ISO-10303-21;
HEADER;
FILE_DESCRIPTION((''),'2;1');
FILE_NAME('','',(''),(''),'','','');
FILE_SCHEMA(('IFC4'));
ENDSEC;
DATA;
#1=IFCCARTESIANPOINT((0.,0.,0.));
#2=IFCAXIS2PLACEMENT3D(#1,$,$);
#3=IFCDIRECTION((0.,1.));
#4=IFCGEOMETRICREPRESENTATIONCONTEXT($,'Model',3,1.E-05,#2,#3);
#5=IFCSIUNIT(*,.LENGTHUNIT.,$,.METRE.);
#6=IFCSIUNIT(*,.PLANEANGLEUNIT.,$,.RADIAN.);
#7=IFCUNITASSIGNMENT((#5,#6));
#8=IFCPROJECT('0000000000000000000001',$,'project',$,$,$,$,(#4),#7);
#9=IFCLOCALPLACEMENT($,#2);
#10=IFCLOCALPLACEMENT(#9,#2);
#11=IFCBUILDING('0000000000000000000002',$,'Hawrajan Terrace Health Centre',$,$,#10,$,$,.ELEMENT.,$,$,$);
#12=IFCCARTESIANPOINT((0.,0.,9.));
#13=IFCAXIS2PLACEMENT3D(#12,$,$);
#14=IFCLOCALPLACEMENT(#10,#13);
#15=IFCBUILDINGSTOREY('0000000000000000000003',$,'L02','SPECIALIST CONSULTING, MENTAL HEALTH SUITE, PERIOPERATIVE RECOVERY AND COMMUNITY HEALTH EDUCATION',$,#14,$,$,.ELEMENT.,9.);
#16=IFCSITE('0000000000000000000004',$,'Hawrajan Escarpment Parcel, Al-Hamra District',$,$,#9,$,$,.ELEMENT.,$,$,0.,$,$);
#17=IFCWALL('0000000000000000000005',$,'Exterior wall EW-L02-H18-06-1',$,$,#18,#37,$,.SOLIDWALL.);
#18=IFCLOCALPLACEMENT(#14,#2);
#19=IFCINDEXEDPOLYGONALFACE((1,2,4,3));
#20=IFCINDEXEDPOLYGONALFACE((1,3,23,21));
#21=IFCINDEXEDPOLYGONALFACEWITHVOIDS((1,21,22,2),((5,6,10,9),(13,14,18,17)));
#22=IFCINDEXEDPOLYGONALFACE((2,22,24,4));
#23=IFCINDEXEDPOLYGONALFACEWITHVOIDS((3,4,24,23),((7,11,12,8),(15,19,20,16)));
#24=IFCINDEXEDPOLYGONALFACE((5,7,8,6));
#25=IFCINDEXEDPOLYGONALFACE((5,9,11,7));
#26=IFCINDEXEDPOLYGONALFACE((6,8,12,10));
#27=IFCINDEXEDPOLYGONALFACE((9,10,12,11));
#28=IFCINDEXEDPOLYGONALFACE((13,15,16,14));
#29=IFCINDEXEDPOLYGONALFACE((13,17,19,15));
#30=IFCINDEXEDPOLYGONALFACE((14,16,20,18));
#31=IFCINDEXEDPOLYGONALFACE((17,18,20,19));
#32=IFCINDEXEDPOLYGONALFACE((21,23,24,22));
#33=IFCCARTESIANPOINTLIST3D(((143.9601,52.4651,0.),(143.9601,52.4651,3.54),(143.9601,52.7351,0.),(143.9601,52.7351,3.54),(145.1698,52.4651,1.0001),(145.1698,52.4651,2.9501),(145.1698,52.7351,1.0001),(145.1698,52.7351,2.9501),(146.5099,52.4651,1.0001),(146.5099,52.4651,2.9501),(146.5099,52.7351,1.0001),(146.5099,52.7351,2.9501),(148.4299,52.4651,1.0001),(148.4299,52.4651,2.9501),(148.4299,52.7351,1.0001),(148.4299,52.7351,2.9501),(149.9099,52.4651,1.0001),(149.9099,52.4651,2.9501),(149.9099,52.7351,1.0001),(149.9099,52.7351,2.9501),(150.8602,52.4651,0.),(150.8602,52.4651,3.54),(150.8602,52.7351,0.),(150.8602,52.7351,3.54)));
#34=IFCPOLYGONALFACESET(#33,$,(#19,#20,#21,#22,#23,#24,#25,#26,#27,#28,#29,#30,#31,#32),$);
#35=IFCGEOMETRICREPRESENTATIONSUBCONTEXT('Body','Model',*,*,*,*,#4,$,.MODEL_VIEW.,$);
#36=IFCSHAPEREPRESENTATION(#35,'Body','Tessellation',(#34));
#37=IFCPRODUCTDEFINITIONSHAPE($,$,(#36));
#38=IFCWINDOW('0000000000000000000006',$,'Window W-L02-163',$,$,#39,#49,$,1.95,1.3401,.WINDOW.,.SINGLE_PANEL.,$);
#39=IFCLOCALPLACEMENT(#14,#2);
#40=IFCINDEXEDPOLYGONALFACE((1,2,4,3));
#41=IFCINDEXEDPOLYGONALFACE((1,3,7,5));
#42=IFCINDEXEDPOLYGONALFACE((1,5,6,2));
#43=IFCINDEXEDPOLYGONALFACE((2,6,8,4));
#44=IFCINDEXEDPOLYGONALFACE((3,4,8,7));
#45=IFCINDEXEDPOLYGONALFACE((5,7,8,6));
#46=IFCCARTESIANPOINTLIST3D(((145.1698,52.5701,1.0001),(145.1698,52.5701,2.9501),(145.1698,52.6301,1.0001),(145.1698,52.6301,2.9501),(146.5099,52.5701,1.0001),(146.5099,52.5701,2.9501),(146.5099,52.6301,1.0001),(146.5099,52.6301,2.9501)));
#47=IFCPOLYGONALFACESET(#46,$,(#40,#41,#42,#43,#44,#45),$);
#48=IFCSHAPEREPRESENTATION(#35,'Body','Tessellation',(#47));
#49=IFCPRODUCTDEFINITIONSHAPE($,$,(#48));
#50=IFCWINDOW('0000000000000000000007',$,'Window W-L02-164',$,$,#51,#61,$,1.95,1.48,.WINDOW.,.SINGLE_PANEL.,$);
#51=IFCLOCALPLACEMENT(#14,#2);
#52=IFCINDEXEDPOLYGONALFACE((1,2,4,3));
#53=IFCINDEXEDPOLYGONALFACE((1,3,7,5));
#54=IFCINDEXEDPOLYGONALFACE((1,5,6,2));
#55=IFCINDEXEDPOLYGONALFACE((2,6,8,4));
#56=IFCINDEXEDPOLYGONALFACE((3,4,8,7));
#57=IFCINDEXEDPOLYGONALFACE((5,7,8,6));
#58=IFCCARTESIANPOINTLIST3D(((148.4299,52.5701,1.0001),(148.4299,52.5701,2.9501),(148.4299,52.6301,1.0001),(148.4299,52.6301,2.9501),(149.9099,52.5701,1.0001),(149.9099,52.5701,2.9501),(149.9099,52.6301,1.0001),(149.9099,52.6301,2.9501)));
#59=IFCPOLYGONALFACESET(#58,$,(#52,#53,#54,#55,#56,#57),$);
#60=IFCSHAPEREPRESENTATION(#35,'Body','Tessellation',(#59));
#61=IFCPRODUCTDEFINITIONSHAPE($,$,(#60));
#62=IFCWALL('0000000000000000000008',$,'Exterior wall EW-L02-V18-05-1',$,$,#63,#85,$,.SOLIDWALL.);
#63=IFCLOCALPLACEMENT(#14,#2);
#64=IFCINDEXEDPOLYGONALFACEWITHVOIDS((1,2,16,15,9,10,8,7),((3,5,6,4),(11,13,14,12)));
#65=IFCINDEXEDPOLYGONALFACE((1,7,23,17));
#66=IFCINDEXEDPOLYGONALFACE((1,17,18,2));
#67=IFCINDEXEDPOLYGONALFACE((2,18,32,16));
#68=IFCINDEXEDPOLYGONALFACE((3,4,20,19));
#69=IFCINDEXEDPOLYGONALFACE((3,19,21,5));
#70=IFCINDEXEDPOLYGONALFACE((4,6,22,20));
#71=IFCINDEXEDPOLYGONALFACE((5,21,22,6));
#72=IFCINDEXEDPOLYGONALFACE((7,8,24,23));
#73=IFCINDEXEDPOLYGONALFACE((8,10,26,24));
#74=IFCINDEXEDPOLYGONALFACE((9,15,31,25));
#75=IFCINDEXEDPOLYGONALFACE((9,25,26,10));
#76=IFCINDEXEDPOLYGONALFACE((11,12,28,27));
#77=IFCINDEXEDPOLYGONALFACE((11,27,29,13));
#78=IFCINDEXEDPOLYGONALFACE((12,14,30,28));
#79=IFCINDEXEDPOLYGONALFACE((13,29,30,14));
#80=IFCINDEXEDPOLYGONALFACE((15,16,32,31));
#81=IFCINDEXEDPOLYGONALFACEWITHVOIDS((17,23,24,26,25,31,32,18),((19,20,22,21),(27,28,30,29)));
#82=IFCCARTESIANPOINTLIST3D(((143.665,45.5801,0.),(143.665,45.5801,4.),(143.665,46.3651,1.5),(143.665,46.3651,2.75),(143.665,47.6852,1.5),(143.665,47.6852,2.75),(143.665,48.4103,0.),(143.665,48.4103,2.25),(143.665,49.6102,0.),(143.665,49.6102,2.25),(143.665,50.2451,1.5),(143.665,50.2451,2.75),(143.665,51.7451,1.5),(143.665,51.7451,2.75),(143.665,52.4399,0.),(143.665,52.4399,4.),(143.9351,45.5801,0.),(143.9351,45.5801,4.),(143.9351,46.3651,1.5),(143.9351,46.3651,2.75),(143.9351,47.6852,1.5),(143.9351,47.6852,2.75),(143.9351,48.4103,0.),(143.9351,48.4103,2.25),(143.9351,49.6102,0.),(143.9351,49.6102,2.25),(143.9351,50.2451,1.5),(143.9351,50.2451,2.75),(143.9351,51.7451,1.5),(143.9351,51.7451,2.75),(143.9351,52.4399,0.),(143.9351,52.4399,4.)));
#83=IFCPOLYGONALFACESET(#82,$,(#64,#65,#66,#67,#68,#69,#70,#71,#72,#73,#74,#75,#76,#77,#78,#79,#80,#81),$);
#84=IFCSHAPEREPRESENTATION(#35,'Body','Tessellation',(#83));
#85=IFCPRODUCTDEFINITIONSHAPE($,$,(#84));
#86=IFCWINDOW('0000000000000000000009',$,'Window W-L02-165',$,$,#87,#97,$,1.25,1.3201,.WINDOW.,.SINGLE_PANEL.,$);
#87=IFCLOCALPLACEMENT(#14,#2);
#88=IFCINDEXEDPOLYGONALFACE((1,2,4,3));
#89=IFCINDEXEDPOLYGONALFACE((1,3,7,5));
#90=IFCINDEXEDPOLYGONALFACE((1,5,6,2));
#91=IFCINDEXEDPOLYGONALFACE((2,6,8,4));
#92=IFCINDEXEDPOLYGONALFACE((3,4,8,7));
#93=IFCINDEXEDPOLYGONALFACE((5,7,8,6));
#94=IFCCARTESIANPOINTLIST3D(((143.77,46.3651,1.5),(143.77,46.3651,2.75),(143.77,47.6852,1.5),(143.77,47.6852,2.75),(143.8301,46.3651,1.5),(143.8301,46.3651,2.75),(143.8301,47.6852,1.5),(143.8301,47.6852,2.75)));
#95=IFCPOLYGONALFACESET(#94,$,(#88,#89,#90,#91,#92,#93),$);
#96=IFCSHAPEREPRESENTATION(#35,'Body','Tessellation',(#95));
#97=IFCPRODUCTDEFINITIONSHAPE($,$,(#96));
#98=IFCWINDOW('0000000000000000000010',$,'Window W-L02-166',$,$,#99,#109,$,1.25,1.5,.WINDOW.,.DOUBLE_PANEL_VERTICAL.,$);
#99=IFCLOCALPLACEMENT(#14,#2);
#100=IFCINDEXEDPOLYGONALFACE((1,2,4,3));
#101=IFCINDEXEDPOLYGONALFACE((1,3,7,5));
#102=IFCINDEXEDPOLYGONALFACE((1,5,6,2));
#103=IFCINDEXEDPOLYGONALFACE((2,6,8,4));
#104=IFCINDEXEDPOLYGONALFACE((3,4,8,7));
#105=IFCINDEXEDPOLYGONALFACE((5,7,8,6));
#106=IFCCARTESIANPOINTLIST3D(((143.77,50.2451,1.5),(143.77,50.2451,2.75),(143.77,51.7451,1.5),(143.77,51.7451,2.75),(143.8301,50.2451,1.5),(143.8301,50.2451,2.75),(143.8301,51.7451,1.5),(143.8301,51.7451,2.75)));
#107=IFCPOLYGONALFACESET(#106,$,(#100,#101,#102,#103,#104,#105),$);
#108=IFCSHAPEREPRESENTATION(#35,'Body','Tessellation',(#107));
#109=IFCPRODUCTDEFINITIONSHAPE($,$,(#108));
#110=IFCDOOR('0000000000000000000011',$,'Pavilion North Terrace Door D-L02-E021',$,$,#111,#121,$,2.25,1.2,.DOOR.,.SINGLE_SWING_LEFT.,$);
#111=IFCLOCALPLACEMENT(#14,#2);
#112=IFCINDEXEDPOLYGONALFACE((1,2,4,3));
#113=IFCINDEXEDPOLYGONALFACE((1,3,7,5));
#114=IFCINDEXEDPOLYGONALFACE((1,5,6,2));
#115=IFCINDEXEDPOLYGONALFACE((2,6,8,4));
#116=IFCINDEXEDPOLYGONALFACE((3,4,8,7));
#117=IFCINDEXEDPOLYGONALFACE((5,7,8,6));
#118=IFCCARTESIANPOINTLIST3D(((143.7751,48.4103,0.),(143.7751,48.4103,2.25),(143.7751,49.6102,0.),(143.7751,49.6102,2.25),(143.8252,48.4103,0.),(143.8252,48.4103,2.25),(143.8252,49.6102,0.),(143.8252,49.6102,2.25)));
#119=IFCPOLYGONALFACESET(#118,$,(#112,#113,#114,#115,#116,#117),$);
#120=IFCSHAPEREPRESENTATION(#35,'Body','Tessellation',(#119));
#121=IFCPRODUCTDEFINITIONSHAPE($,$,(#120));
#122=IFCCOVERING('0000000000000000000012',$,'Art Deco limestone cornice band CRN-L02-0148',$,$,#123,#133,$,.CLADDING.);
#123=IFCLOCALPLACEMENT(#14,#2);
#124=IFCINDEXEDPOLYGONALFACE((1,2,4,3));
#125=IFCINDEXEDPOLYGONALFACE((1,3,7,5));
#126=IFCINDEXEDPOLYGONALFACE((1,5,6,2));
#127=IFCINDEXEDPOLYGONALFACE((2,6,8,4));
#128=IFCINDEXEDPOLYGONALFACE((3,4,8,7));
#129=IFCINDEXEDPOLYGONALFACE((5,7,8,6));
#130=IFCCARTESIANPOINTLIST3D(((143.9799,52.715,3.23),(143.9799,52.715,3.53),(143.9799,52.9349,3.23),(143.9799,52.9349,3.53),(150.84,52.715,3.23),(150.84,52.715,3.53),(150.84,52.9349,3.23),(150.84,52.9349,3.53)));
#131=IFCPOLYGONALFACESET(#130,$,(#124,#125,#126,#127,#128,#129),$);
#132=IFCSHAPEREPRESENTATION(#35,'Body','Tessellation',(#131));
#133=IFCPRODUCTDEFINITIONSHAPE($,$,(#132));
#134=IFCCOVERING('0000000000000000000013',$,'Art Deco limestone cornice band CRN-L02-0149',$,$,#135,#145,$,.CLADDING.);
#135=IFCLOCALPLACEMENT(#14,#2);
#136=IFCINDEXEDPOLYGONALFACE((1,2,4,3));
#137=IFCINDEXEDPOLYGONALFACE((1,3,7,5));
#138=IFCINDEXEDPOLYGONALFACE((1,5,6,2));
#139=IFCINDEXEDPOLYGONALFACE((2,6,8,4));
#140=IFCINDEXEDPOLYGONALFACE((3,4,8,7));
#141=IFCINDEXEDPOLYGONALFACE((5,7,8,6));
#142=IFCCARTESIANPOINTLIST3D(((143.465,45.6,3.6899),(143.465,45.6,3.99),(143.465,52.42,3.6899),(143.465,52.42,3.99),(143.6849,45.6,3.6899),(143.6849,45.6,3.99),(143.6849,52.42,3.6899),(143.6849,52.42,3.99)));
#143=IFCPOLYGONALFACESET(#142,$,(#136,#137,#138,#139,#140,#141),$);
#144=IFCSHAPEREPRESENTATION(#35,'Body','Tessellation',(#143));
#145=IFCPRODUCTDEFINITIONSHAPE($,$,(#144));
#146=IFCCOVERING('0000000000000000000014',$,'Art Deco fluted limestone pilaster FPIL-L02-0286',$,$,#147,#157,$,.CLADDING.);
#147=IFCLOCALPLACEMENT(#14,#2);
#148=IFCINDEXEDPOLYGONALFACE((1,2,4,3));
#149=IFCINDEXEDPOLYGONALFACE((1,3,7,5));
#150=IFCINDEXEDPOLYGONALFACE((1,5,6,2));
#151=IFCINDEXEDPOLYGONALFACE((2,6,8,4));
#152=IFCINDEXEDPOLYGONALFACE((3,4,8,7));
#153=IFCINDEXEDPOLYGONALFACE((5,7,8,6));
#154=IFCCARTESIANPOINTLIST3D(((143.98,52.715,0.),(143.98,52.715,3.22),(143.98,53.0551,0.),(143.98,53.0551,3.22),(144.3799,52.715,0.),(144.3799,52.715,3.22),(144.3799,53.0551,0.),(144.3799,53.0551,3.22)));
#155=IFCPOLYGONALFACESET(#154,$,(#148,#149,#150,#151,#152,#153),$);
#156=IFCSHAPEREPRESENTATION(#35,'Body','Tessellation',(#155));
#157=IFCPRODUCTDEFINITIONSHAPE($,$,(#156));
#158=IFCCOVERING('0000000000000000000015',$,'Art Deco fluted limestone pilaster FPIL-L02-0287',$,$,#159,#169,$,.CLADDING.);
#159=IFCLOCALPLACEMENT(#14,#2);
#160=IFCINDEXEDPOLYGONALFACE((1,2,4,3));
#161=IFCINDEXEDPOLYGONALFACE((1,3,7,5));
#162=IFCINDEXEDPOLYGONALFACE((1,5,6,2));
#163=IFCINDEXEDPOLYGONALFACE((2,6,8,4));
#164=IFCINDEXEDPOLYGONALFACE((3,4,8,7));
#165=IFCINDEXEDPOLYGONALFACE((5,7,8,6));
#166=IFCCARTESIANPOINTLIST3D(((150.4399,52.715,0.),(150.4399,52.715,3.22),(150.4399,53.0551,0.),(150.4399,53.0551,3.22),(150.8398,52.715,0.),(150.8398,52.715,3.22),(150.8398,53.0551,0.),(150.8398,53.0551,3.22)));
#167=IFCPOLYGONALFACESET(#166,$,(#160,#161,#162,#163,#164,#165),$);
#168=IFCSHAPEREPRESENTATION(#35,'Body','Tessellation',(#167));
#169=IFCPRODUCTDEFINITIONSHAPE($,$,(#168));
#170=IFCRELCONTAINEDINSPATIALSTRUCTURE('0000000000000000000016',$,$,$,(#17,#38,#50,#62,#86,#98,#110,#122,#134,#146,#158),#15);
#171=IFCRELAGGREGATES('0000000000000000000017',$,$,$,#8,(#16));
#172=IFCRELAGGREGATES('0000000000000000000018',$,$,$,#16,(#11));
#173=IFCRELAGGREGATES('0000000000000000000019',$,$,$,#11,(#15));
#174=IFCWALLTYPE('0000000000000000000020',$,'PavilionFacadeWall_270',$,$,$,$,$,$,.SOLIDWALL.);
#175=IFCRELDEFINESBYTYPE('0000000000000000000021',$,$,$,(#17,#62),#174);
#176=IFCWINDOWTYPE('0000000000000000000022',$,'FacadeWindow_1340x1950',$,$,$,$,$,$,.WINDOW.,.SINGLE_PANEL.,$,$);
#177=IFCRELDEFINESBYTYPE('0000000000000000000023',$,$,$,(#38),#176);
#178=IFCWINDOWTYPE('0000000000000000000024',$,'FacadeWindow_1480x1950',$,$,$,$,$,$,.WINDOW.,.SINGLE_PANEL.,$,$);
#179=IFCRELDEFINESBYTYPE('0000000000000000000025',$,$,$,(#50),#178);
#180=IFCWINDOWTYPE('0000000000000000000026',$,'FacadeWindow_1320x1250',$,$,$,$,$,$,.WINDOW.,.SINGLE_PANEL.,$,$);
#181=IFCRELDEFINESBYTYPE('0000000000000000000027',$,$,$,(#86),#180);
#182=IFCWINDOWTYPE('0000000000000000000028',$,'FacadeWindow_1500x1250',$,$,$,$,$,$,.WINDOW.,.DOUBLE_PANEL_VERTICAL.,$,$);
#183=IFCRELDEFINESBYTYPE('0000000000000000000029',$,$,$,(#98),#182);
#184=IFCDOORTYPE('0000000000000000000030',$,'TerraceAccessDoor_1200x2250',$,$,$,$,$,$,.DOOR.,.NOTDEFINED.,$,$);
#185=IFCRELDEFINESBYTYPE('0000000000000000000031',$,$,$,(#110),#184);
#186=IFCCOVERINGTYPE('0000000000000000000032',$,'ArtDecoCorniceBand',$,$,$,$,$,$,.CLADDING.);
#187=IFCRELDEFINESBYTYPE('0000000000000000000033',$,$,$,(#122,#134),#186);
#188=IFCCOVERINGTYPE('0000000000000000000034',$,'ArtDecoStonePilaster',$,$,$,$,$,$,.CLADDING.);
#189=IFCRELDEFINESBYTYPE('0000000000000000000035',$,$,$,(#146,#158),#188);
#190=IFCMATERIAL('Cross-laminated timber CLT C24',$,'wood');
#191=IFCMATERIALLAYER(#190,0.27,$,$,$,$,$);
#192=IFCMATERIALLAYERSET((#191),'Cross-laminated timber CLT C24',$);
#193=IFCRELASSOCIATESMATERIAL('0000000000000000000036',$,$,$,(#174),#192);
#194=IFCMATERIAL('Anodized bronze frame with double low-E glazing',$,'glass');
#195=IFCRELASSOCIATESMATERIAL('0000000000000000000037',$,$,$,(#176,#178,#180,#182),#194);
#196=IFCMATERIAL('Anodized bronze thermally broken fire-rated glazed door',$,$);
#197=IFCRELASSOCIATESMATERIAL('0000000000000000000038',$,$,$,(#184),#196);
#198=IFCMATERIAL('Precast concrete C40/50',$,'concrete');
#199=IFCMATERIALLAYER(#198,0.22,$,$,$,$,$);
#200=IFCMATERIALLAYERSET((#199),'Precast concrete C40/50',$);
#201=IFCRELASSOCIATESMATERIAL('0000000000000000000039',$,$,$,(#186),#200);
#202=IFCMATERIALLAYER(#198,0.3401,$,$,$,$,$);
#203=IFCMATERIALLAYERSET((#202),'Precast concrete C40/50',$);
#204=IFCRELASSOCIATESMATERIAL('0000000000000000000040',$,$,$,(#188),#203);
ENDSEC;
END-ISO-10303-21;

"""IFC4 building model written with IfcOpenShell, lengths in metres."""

from ifc_helpers import new_model, si_unit, direction, frame, frame_2d, origin, origin_2d, place, context, subcontext, project, spatial, rectangle, extrude, material, layer, layer_set, type_object, element, fill, save


model = new_model("IFC4")

# Units and contexts
model_context = context("Model", 3, precision=1e-05, world=origin(), true_north=direction((0.0, 1.0)))
body_context = subcontext(model_context, "Body", "Model", "MODEL_VIEW")
ifc_project = project(units=[si_unit("LENGTHUNIT", "METRE"), si_unit("PLANEANGLEUNIT", "RADIAN")], contexts=[model_context])

# Site, building, storey
site_placement = place(None, origin())
site = spatial("IfcSite", under=ifc_project, at=site_placement, Name="Hawrajan Escarpment Parcel, Al-Hamra District", CompositionType="ELEMENT", RefElevation=0.0)
building_placement = place(site_placement, origin())
building = spatial("IfcBuilding", under=site, at=building_placement, Name="Hawrajan Terrace Health Centre", CompositionType="ELEMENT")
storey_placement = place(building_placement, frame((0.0, 0.0, 9.0)))
storey = spatial("IfcBuildingStorey", under=building, at=storey_placement, Name="L02", Description="SPECIALIST CONSULTING, MENTAL HEALTH SUITE, PERIOPERATIVE RECOVERY AND COMMUNITY HEALTH EDUCATION", CompositionType="ELEMENT", Elevation=9.0)

# Wall, openings, windows
ifc_material_1 = material(Name="Cross-laminated timber CLT C24", Category="wood")
ifc_layer_1 = layer(ifc_material_1, 0.27)
ifc_layer_set_1 = layer_set([ifc_layer_1], Name="Cross-laminated timber CLT C24")
wall_type_1 = type_object("IfcWallType", Name="PavilionFacadeWall_270", PredefinedType="SOLIDWALL", material=ifc_layer_set_1)
wall_1_placement = place(storey_placement, frame((143.96, 52.6001, 0.0), z_axis=(0.0, 0.0, 1.0), x_axis=(1.0, 0.0, 0.0)))
wall_1 = element("IfcWall", 1, at=wall_1_placement, inside=storey, type_object=wall_type_1, Name="Exterior wall EW-L02-H18-06-1", PredefinedType="SOLIDWALL", context=body_context, shape_type="SweptSolid", body=[
    extrude(rectangle(XDim=6.9001, YDim=0.27, at=frame_2d((3.4502, 0.0))), origin(), (0.0, 0.0, 1.0), 3.54),
])
opening_1_placement = place(wall_1_placement, frame((1.21, 0.0, 1.0)))
opening_1 = element("IfcOpeningElement", 2, at=opening_1_placement, cuts=wall_1, PredefinedType="OPENING", context=body_context, shape_type="SweptSolid", body=[
    extrude(rectangle(XDim=1.3401, YDim=1.95, at=frame_2d((0.6699, 0.9751))), frame((0.0, 0.145, 0.0), z_axis=(0.0, -1.0, 0.0), x_axis=(1.0, 0.0, 0.0)), (0.0, 0.0, 1.0), 0.29),
])
opening_2_placement = place(wall_1_placement, frame((4.47, 0.0, 1.0)))
opening_2 = element("IfcOpeningElement", 3, at=opening_2_placement, cuts=wall_1, PredefinedType="OPENING", context=body_context, shape_type="SweptSolid", body=[
    extrude(rectangle(XDim=1.48, YDim=1.95, at=frame_2d((0.74, 0.9751))), frame((0.0, 0.145, 0.0), z_axis=(0.0, -1.0, 0.0), x_axis=(1.0, 0.0, 0.0)), (0.0, 0.0, 1.0), 0.29),
])
ifc_material_2 = material(Name="Anodized bronze frame with double low-E glazing", Category="glass")
window_type_1 = type_object("IfcWindowType", Name="FacadeWindow_1340x1950", PartitioningType="SINGLE_PANEL", PredefinedType="WINDOW", material=ifc_material_2)
window_1_placement = place(opening_1_placement, origin())
window_1 = element("IfcWindow", 4, at=window_1_placement, inside=storey, type_object=window_type_1, Name="Window W-L02-163", OverallHeight=1.95, OverallWidth=1.3401, PartitioningType="SINGLE_PANEL", PredefinedType="WINDOW", context=body_context, shape_type="SweptSolid", body=[
    extrude(rectangle(XDim=1.3401, YDim=1.95, at=frame_2d((0.6699, 0.9751))), frame((0.0, 0.03, 0.0), z_axis=(0.0, -1.0, 0.0), x_axis=(1.0, 0.0, 0.0)), (0.0, 0.0, 1.0), 0.0601),
])
fill(opening_1, window_1)
window_type_2 = type_object("IfcWindowType", Name="FacadeWindow_1480x1950", PartitioningType="SINGLE_PANEL", PredefinedType="WINDOW", material=ifc_material_2)
window_2_placement = place(opening_2_placement, origin())
window_2 = element("IfcWindow", 5, at=window_2_placement, inside=storey, type_object=window_type_2, Name="Window W-L02-164", OverallHeight=1.95, OverallWidth=1.48, PartitioningType="SINGLE_PANEL", PredefinedType="WINDOW", context=body_context, shape_type="SweptSolid", body=[
    extrude(rectangle(XDim=1.48, YDim=1.95, at=frame_2d((0.74, 0.9751))), frame((0.0, 0.03, 0.0), z_axis=(0.0, -1.0, 0.0), x_axis=(1.0, 0.0, 0.0)), (0.0, 0.0, 1.0), 0.0601),
])
fill(opening_2, window_2)

# Wall, openings, windows, door
wall_2_placement = place(storey_placement, frame((143.8, 45.5801, 0.0), z_axis=(0.0, 0.0, 1.0), x_axis=(0.0, 1.0, 0.0)))
wall_2 = element("IfcWall", 6, at=wall_2_placement, inside=storey, type_object=wall_type_1, Name="Exterior wall EW-L02-V18-05-1", PredefinedType="SOLIDWALL", context=body_context, shape_type="SweptSolid", body=[
    extrude(rectangle(XDim=6.8599, YDim=0.27, at=frame_2d((3.4299, 0.0))), origin(), (0.0, 0.0, 1.0), 4.0),
])
opening_3_placement = place(wall_2_placement, frame((2.8301, 0.0, 0.0)))
opening_3 = element("IfcOpeningElement", 7, at=opening_3_placement, cuts=wall_2, PredefinedType="OPENING", context=body_context, shape_type="SweptSolid", body=[
    extrude(rectangle(XDim=1.2, YDim=2.25, at=frame_2d((0.6001, 1.125))), frame((0.0, 0.145, 0.0), z_axis=(0.0, -1.0, 0.0), x_axis=(1.0, 0.0, 0.0)), (0.0, 0.0, 1.0), 0.29),
])
opening_4_placement = place(wall_2_placement, frame((0.7849, 0.0, 1.5)))
opening_4 = element("IfcOpeningElement", 8, at=opening_4_placement, cuts=wall_2, PredefinedType="OPENING", context=body_context, shape_type="SweptSolid", body=[
    extrude(rectangle(XDim=1.3201, YDim=1.25, at=frame_2d((0.6602, 0.625))), frame((0.0, 0.145, 0.0), z_axis=(0.0, -1.0, 0.0), x_axis=(1.0, 0.0, 0.0)), (0.0, 0.0, 1.0), 0.29),
])
opening_5_placement = place(wall_2_placement, frame((4.665, 0.0, 1.5)))
opening_5 = element("IfcOpeningElement", 9, at=opening_5_placement, cuts=wall_2, PredefinedType="OPENING", context=body_context, shape_type="SweptSolid", body=[
    extrude(rectangle(XDim=1.5, YDim=1.25, at=frame_2d((0.75, 0.625))), frame((0.0, 0.145, 0.0), z_axis=(0.0, -1.0, 0.0), x_axis=(1.0, 0.0, 0.0)), (0.0, 0.0, 1.0), 0.29),
])
window_type_3 = type_object("IfcWindowType", Name="FacadeWindow_1320x1250", PartitioningType="SINGLE_PANEL", PredefinedType="WINDOW", material=ifc_material_2)
window_3_placement = place(opening_4_placement, origin())
window_3 = element("IfcWindow", 10, at=window_3_placement, inside=storey, type_object=window_type_3, Name="Window W-L02-165", OverallHeight=1.25, OverallWidth=1.3201, PartitioningType="SINGLE_PANEL", PredefinedType="WINDOW", context=body_context, shape_type="SweptSolid", body=[
    extrude(rectangle(XDim=1.3201, YDim=1.25, at=frame_2d((0.6602, 0.625))), frame((0.0, 0.03, 0.0), z_axis=(0.0, -1.0, 0.0), x_axis=(1.0, 0.0, 0.0)), (0.0, 0.0, 1.0), 0.0601),
])
fill(opening_4, window_3)
window_type_4 = type_object("IfcWindowType", Name="FacadeWindow_1500x1250", PartitioningType="DOUBLE_PANEL_VERTICAL", PredefinedType="WINDOW", material=ifc_material_2)
window_4_placement = place(opening_5_placement, origin())
window_4 = element("IfcWindow", 11, at=window_4_placement, inside=storey, type_object=window_type_4, Name="Window W-L02-166", OverallHeight=1.25, OverallWidth=1.5, PartitioningType="DOUBLE_PANEL_VERTICAL", PredefinedType="WINDOW", context=body_context, shape_type="SweptSolid", body=[
    extrude(rectangle(XDim=1.5, YDim=1.25, at=frame_2d((0.75, 0.625))), frame((0.0, 0.03, 0.0), z_axis=(0.0, -1.0, 0.0), x_axis=(1.0, 0.0, 0.0)), (0.0, 0.0, 1.0), 0.0601),
])
fill(opening_5, window_4)
ifc_material_3 = material(Name="Anodized bronze thermally broken fire-rated glazed door")
door_type_1 = type_object("IfcDoorType", Name="TerraceAccessDoor_1200x2250", OperationType="NOTDEFINED", PredefinedType="DOOR", material=ifc_material_3)
door_1_placement = place(opening_3_placement, origin())
door_1 = element("IfcDoor", 12, at=door_1_placement, inside=storey, type_object=door_type_1, Name="Pavilion North Terrace Door D-L02-E021", OperationType="SINGLE_SWING_LEFT", OverallHeight=2.25, OverallWidth=1.2, PredefinedType="DOOR", context=body_context, shape_type="SweptSolid", body=[
    extrude(rectangle(XDim=1.2, YDim=2.25, at=frame_2d((0.6001, 1.125))), frame((0.0, 0.0249, 0.0), z_axis=(0.0, -1.0, 0.0), x_axis=(1.0, 0.0, 0.0)), (0.0, 0.0, 1.0), 0.05),
])
fill(opening_3, door_1)

# Coverings
ifc_material_4 = material(Name="Precast concrete C40/50", Category="concrete")
ifc_layer_2 = layer(ifc_material_4, 0.22)
ifc_layer_set_2 = layer_set([ifc_layer_2], Name="Precast concrete C40/50")
covering_type_1 = type_object("IfcCoveringType", Name="ArtDecoCorniceBand", PredefinedType="CLADDING", material=ifc_layer_set_2)
covering_1_placement = place(storey_placement, frame((147.4099, 52.825, 3.23), z_axis=(0.0, 0.0, 1.0), x_axis=(1.0, 0.0, 0.0)))
element("IfcCovering", 13, at=covering_1_placement, inside=storey, type_object=covering_type_1, Name="Art Deco limestone cornice band CRN-L02-0148", PredefinedType="CLADDING", context=body_context, shape_type="SweptSolid", body=[
    extrude(rectangle(XDim=6.8601, YDim=0.22, at=origin_2d()), origin(), (0.0, 0.0, 1.0), 0.3),
])
covering_2_placement = place(storey_placement, frame((143.575, 49.01, 3.6899), z_axis=(0.0, 0.0, 1.0), x_axis=(0.0, 1.0, 0.0)))
element("IfcCovering", 14, at=covering_2_placement, inside=storey, type_object=covering_type_1, Name="Art Deco limestone cornice band CRN-L02-0149", PredefinedType="CLADDING", context=body_context, shape_type="SweptSolid", body=[
    extrude(rectangle(XDim=6.8201, YDim=0.22, at=origin_2d()), origin(), (0.0, 0.0, 1.0), 0.3),
])
ifc_layer_3 = layer(ifc_material_4, 0.3401)
ifc_layer_set_3 = layer_set([ifc_layer_3], Name="Precast concrete C40/50")
covering_type_2 = type_object("IfcCoveringType", Name="ArtDecoStonePilaster", PredefinedType="CLADDING", material=ifc_layer_set_3)
for number, where, z_axis, x_axis, name in (
    (15, (144.1799, 52.885, 0.0), (0.0, 0.0, 1.0), (1.0, 0.0, 0.0), "Art Deco fluted limestone pilaster FPIL-L02-0286"),
    (16, (150.6399, 52.885, 0.0), (0.0, 0.0, 1.0), (1.0, 0.0, 0.0), "Art Deco fluted limestone pilaster FPIL-L02-0287"),
):
    element("IfcCovering", number, at=place(storey_placement, frame(where, z_axis=z_axis, x_axis=x_axis)), inside=storey, type_object=covering_type_2, Name=name, PredefinedType="CLADDING", context=body_context, shape_type="SweptSolid", body=[
        extrude(rectangle(XDim=0.3999, YDim=0.3401, at=origin_2d()), origin(), (0.0, 0.0, 1.0), 3.22),
    ])

save(model, "model.ifc")
